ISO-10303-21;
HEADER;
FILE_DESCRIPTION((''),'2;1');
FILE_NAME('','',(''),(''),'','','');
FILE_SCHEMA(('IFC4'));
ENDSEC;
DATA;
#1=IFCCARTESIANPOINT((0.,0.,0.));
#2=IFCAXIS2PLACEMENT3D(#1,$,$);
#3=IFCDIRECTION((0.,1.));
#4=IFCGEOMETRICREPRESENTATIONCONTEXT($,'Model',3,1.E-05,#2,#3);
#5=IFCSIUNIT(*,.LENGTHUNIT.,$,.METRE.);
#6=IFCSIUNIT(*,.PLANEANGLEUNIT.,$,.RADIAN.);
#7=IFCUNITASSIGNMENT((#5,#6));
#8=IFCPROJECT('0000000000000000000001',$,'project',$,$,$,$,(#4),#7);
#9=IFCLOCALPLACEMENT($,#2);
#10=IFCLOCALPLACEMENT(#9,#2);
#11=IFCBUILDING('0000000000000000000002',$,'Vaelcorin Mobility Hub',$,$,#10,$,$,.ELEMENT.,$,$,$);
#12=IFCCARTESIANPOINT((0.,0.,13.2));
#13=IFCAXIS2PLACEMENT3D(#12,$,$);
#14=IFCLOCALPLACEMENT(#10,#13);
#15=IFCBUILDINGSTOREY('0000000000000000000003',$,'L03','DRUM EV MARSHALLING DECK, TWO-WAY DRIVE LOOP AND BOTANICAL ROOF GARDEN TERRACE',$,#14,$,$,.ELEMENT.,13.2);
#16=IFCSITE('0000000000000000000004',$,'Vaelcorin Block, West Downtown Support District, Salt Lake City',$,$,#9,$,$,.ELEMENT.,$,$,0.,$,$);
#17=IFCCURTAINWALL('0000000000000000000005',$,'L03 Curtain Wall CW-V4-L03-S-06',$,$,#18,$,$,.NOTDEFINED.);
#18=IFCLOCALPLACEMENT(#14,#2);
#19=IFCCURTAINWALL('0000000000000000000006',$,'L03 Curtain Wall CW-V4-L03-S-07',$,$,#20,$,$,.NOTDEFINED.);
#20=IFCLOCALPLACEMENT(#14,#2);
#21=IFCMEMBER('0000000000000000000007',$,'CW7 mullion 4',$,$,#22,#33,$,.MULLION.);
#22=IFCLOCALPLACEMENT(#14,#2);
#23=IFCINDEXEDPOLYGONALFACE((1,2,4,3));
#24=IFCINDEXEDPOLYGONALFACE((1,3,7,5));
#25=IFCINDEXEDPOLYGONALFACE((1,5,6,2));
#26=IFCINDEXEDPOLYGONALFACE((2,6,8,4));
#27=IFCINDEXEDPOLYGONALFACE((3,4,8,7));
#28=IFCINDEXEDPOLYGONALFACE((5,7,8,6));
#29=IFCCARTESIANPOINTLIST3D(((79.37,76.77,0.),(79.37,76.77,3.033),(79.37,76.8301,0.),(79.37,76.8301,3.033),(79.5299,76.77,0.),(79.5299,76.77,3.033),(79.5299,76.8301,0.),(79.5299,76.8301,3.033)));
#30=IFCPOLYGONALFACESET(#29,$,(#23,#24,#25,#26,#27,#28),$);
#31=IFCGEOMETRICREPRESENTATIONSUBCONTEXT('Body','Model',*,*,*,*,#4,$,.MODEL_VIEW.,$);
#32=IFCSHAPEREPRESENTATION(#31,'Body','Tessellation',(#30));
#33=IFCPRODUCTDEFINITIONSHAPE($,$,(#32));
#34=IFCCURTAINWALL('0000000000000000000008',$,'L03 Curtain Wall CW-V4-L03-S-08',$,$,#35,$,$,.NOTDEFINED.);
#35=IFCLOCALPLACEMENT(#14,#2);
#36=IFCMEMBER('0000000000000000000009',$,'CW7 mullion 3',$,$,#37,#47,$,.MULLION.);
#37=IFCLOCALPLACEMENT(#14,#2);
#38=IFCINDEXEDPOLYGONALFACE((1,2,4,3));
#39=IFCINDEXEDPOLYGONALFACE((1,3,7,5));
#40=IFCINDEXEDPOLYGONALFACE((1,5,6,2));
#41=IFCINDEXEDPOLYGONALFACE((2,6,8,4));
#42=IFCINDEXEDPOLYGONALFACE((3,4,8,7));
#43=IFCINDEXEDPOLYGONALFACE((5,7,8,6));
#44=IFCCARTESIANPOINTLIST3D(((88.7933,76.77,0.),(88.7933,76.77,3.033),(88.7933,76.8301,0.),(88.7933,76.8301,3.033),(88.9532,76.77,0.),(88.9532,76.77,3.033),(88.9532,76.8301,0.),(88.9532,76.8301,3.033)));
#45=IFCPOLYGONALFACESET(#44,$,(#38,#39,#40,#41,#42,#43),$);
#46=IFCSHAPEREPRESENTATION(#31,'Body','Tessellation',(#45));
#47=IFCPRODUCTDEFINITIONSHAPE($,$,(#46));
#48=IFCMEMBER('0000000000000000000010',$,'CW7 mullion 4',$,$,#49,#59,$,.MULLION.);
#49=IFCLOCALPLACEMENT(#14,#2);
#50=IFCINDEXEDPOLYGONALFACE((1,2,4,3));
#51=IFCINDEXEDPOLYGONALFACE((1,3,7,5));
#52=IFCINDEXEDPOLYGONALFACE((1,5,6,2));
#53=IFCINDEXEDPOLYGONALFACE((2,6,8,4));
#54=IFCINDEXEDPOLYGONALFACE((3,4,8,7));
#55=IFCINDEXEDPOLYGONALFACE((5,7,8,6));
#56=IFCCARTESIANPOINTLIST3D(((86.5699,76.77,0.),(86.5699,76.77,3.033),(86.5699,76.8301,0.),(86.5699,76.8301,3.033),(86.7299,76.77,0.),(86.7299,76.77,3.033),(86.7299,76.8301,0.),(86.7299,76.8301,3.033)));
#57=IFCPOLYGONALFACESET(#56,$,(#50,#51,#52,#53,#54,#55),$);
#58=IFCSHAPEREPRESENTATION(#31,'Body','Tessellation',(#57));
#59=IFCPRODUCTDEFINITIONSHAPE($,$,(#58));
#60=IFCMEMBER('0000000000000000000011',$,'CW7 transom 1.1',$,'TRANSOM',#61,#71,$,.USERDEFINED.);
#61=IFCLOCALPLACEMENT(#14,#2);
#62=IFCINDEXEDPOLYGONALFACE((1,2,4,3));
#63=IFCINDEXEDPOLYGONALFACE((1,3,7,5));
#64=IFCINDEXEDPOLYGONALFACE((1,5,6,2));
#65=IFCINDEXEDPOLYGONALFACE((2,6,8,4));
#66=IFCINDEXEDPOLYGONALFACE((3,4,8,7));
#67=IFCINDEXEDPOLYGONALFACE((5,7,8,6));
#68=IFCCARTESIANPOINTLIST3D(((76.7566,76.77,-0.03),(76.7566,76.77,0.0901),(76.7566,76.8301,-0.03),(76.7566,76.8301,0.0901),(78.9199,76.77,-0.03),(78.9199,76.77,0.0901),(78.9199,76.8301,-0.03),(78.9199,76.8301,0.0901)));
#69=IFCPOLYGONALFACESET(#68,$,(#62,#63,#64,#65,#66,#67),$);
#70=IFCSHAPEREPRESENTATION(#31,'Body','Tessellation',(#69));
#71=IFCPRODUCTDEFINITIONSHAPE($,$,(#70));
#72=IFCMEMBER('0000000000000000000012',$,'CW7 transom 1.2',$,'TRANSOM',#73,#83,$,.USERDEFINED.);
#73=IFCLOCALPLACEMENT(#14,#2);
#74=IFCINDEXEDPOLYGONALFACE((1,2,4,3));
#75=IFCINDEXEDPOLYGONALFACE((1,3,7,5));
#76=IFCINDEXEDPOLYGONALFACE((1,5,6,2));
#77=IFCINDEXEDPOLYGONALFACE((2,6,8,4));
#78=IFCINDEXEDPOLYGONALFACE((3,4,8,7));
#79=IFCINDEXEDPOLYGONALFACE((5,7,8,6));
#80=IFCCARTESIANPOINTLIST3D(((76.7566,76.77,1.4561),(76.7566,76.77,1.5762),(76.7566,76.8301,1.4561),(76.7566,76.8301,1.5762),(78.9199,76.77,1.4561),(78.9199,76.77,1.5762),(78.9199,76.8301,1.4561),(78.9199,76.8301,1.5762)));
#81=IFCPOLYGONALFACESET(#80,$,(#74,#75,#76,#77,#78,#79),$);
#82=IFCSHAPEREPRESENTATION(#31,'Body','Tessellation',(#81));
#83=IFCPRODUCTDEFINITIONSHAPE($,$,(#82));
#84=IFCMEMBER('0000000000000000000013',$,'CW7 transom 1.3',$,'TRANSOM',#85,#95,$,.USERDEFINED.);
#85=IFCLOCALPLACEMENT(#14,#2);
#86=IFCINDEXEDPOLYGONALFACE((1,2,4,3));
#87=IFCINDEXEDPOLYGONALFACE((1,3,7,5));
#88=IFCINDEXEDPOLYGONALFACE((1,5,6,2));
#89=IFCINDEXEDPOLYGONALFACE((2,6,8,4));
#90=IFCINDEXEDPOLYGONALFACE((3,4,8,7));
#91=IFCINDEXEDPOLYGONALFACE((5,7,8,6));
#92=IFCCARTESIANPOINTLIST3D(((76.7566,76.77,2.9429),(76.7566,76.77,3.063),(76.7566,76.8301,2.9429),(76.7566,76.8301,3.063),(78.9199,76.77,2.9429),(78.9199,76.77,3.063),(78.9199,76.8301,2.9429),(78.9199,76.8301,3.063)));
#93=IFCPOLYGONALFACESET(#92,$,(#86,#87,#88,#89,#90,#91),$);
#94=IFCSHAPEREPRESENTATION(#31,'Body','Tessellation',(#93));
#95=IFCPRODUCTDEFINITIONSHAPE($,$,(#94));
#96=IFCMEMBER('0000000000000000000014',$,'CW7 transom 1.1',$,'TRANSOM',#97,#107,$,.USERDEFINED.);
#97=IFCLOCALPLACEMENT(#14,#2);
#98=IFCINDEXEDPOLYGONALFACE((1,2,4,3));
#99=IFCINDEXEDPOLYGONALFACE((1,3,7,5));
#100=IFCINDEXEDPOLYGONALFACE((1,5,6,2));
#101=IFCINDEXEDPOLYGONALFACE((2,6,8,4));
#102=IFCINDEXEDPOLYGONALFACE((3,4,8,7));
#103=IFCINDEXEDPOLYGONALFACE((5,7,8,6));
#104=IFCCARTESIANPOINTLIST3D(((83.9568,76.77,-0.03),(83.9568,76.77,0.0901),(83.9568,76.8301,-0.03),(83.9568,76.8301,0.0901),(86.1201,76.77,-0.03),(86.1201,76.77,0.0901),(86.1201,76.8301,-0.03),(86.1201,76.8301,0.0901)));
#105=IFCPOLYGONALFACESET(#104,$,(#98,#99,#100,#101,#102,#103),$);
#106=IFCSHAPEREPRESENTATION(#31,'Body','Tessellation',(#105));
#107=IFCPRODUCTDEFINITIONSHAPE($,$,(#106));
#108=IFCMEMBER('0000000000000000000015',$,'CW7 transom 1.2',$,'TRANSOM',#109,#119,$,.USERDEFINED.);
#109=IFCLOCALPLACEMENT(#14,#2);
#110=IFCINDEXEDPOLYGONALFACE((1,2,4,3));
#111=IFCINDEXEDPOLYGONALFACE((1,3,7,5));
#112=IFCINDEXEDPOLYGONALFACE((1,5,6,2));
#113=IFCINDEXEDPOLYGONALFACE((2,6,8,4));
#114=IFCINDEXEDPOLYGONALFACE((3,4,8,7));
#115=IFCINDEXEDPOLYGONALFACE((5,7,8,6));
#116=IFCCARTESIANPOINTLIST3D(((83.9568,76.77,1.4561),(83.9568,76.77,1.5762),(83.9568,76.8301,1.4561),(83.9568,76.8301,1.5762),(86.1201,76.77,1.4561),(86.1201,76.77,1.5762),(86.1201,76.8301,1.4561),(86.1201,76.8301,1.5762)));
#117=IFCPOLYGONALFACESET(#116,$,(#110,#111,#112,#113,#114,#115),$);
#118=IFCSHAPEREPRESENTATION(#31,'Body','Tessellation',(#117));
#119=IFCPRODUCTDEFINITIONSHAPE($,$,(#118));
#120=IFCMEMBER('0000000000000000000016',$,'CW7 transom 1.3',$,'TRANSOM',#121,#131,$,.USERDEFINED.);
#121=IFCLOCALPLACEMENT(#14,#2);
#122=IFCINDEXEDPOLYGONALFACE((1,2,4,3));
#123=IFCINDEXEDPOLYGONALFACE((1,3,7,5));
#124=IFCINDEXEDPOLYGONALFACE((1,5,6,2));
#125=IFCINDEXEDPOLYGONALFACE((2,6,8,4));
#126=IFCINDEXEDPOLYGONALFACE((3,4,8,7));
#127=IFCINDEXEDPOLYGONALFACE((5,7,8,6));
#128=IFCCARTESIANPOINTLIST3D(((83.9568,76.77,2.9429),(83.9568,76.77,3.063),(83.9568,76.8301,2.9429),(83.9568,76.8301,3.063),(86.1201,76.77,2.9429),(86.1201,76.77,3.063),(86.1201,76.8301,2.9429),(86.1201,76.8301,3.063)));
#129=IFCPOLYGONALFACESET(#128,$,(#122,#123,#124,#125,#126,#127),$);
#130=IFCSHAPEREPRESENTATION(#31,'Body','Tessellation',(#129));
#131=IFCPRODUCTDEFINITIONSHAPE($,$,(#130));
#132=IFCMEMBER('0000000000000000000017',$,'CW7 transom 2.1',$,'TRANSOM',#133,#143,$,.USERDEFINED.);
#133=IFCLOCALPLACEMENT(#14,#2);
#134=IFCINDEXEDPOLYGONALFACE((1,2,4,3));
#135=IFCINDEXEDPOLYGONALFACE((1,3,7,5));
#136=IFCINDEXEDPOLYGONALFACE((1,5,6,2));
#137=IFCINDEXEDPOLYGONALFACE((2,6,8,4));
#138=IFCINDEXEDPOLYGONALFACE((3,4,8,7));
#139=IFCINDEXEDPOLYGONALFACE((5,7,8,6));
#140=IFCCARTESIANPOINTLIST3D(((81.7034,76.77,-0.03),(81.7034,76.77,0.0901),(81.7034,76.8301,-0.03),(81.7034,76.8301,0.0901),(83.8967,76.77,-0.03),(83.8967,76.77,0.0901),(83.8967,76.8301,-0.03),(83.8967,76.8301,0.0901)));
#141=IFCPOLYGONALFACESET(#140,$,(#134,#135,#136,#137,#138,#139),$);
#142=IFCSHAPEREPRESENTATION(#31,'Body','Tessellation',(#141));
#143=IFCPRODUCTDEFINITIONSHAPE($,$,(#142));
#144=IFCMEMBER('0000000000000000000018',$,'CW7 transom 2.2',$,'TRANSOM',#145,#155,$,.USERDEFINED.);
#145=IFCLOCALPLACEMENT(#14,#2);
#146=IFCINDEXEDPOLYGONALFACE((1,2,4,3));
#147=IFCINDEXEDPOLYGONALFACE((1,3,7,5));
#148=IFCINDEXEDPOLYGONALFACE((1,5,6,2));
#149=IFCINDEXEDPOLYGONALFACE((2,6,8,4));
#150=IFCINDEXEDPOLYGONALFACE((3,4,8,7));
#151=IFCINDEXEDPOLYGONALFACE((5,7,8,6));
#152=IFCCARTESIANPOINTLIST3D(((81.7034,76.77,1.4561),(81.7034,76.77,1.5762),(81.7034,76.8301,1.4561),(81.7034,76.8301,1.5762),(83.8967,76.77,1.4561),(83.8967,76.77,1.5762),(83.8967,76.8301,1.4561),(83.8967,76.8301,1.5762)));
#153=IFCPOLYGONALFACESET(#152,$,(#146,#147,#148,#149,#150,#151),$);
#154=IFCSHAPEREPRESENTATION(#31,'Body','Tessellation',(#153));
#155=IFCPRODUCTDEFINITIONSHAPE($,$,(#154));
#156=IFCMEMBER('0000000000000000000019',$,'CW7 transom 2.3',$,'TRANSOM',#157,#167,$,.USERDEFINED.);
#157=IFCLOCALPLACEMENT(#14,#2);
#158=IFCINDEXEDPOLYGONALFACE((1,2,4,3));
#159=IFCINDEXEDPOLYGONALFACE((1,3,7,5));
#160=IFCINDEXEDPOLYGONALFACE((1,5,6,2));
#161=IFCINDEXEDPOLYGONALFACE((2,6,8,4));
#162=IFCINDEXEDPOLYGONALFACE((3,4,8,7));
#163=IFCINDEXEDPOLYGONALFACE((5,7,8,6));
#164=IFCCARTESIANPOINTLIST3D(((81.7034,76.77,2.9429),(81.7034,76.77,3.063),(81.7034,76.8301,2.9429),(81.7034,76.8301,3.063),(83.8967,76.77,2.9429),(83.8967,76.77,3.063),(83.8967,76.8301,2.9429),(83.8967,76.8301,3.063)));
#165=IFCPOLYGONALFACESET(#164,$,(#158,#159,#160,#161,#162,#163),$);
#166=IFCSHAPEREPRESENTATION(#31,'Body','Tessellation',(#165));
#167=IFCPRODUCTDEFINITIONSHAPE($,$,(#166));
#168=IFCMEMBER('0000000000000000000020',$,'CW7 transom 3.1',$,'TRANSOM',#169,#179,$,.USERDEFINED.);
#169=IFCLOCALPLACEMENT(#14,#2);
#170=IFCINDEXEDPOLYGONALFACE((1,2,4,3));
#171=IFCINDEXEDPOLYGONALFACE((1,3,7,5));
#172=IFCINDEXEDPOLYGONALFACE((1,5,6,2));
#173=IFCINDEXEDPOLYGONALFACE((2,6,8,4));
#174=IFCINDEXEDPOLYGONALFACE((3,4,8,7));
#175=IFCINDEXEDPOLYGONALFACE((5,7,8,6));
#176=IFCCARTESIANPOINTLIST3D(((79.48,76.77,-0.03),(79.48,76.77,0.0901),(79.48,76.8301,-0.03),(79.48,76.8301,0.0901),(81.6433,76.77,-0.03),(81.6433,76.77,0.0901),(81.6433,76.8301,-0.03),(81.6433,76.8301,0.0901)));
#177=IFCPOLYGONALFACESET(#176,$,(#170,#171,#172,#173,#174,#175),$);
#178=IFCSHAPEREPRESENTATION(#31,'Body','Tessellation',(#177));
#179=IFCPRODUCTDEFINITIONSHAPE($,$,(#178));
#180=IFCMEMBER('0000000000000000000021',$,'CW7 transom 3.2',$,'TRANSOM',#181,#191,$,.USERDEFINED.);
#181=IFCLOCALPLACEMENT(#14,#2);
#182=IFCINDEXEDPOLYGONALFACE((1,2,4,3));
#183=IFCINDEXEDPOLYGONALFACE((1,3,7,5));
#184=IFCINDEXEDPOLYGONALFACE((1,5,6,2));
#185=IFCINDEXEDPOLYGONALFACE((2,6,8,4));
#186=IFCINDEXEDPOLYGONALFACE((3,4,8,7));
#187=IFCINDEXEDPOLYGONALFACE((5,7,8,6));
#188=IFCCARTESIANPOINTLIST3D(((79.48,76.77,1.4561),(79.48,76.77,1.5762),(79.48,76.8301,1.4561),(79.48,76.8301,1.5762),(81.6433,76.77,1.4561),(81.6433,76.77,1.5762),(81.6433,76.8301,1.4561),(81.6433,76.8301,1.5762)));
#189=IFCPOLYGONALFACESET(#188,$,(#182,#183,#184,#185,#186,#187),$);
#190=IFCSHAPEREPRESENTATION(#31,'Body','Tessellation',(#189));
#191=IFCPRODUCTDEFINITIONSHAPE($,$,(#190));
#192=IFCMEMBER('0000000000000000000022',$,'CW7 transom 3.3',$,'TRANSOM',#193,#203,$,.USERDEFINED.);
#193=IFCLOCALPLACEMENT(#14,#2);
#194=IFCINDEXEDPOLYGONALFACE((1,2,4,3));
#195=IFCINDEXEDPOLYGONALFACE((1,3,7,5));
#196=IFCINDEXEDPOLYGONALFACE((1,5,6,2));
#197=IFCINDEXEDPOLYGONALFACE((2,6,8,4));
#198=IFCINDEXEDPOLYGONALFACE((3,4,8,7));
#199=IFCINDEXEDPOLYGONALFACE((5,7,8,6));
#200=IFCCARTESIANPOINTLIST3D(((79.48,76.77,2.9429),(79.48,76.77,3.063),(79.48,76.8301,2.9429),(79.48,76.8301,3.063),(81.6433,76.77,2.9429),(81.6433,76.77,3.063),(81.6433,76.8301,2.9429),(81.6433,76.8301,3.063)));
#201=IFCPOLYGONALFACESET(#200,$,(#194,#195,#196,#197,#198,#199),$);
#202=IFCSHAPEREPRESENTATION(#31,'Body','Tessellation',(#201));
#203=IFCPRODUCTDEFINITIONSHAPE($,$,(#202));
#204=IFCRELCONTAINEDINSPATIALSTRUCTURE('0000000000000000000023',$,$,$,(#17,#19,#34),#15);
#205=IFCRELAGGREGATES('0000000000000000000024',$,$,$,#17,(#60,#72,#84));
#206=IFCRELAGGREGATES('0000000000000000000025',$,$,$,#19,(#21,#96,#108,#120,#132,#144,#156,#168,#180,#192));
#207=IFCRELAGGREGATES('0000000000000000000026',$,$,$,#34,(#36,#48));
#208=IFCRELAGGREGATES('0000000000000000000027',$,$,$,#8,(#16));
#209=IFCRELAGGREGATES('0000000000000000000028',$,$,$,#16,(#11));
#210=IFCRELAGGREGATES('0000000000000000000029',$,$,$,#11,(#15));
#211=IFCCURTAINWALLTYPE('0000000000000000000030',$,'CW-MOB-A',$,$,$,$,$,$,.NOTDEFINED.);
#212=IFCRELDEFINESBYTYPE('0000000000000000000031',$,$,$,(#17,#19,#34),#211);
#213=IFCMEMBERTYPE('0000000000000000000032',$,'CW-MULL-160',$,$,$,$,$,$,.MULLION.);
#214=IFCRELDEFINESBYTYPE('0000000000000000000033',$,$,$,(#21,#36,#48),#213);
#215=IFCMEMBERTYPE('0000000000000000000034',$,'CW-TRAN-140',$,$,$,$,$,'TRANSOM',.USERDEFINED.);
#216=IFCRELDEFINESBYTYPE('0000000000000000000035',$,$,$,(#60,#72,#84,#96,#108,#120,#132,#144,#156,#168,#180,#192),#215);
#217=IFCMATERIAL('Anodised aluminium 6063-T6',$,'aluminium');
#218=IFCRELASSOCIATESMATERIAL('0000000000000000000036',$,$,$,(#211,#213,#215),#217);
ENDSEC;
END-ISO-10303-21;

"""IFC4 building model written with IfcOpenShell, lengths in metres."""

from ifc_helpers import new_model, si_unit, direction, frame, origin, origin_2d, place, context, subcontext, project, spatial, rectangle, extrude, material, material_profile, profile_set, type_object, element, aggregate, save


model = new_model("IFC4")

# Units and contexts
model_context = context("Model", 3, precision=1e-05, world=origin(), true_north=direction((0.0, 1.0)))
body_context = subcontext(model_context, "Body", "Model", "MODEL_VIEW")
ifc_project = project(units=[si_unit("LENGTHUNIT", "METRE"), si_unit("PLANEANGLEUNIT", "RADIAN")], contexts=[model_context])

# Site, building, storey
site_placement = place(None, origin())
site = spatial("IfcSite", under=ifc_project, at=site_placement, Name="Vaelcorin Block, West Downtown Support District, Salt Lake City", CompositionType="ELEMENT", RefElevation=0.0)
building_placement = place(site_placement, origin())
building = spatial("IfcBuilding", under=site, at=building_placement, Name="Vaelcorin Mobility Hub", CompositionType="ELEMENT")
storey_placement = place(building_placement, frame((0.0, 0.0, 13.2)))
storey = spatial("IfcBuildingStorey", under=building, at=storey_placement, Name="L03", Description="DRUM EV MARSHALLING DECK, TWO-WAY DRIVE LOOP AND BOTANICAL ROOF GARDEN TERRACE", CompositionType="ELEMENT", Elevation=13.2)

# Curtain wall
ifc_material_1 = material(Name="Anodised aluminium 6063-T6", Category="aluminium")
curtain_wall_type = type_object("IfcCurtainWallType", Name="CW-MOB-A", PredefinedType="NOTDEFINED", material=ifc_material_1)
curtain_wall_1_placement = place(storey_placement, origin())
curtain_wall_1 = element("IfcCurtainWall", 1, at=curtain_wall_1_placement, inside=storey, type_object=curtain_wall_type, Name="L03 Curtain Wall CW-V4-L03-S-06", PredefinedType="NOTDEFINED")
ifc_material_profile_1 = material_profile(ifc_material_1, rectangle(XDim=0.0601, YDim=0.1599, at=origin_2d()), Name="ALU-M60X160")
ifc_profile_set_1 = profile_set([ifc_material_profile_1], Name="Anodised aluminium 6063-T6")
member_type_1 = type_object("IfcMemberType", Name="CW-MULL-160", PredefinedType="MULLION", material=ifc_profile_set_1)

# Curtain walls, members
curtain_wall_2_placement = place(storey_placement, origin())
curtain_wall_2 = element("IfcCurtainWall", 2, at=curtain_wall_2_placement, inside=storey, type_object=curtain_wall_type, Name="L03 Curtain Wall CW-V4-L03-S-07", PredefinedType="NOTDEFINED")
member_1_placement = place(storey_placement, frame((79.45, 76.8, 0.0), z_axis=(0.0, 0.0, 1.0), x_axis=(0.0, -1.0, 0.0)))
member_1 = element("IfcMember", 3, at=member_1_placement, type_object=member_type_1, Name="CW7 mullion 4", PredefinedType="MULLION", context=body_context, shape_type="SweptSolid", body=[
    extrude(rectangle(XDim=0.0601, YDim=0.1599, at=origin_2d()), origin(), (0.0, 0.0, 1.0), 3.033),
])
curtain_wall_3_placement = place(storey_placement, origin())
curtain_wall_3 = element("IfcCurtainWall", 4, at=curtain_wall_3_placement, inside=storey, type_object=curtain_wall_type, Name="L03 Curtain Wall CW-V4-L03-S-08", PredefinedType="NOTDEFINED")
member_2_placement = place(storey_placement, frame((88.8733, 76.8, 0.0), z_axis=(0.0, 0.0, 1.0), x_axis=(0.0, -1.0, 0.0)))
member_2 = element("IfcMember", 5, at=member_2_placement, type_object=member_type_1, Name="CW7 mullion 3", PredefinedType="MULLION", context=body_context, shape_type="SweptSolid", body=[
    extrude(rectangle(XDim=0.0601, YDim=0.1599, at=origin_2d()), origin(), (0.0, 0.0, 1.0), 3.033),
])
member_3_placement = place(storey_placement, frame((86.6499, 76.8, 0.0), z_axis=(0.0, 0.0, 1.0), x_axis=(0.0, -1.0, 0.0)))
member_3 = element("IfcMember", 6, at=member_3_placement, type_object=member_type_1, Name="CW7 mullion 4", PredefinedType="MULLION", context=body_context, shape_type="SweptSolid", body=[
    extrude(rectangle(XDim=0.0601, YDim=0.1599, at=origin_2d()), origin(), (0.0, 0.0, 1.0), 3.033),
])

# Members
ifc_material_profile_2 = material_profile(ifc_material_1, rectangle(XDim=0.0601, YDim=0.1201, at=origin_2d()), Name="ALU-T60X120")
ifc_profile_set_2 = profile_set([ifc_material_profile_2], Name="Anodised aluminium 6063-T6")
member_type_2 = type_object("IfcMemberType", Name="CW-TRAN-140", ElementType="TRANSOM", PredefinedType="USERDEFINED", material=ifc_profile_set_2)
member_4_placement = place(storey_placement, frame((78.9199, 76.8, 0.03), z_axis=(-1.0, 0.0, 0.0), x_axis=(0.0, -1.0, 0.0)))
member_4 = element("IfcMember", 7, at=member_4_placement, type_object=member_type_2, Name="CW7 transom 1.1", ObjectType="TRANSOM", PredefinedType="USERDEFINED", context=body_context, shape_type="SweptSolid", body=[
    extrude(rectangle(XDim=0.0601, YDim=0.1201, at=origin_2d()), origin(), (0.0, 0.0, 1.0), 2.1633),
])
member_5_placement = place(storey_placement, frame((78.9199, 76.8, 1.5161), z_axis=(-1.0, 0.0, 0.0), x_axis=(0.0, -1.0, 0.0)))
member_5 = element("IfcMember", 8, at=member_5_placement, type_object=member_type_2, Name="CW7 transom 1.2", ObjectType="TRANSOM", PredefinedType="USERDEFINED", context=body_context, shape_type="SweptSolid", body=[
    extrude(rectangle(XDim=0.0601, YDim=0.1201, at=origin_2d()), origin(), (0.0, 0.0, 1.0), 2.1633),
])
member_6_placement = place(storey_placement, frame((78.9199, 76.8, 3.0029), z_axis=(-1.0, 0.0, 0.0), x_axis=(0.0, -1.0, 0.0)))
member_6 = element("IfcMember", 9, at=member_6_placement, type_object=member_type_2, Name="CW7 transom 1.3", ObjectType="TRANSOM", PredefinedType="USERDEFINED", context=body_context, shape_type="SweptSolid", body=[
    extrude(rectangle(XDim=0.0601, YDim=0.1201, at=origin_2d()), origin(), (0.0, 0.0, 1.0), 2.1633),
])
member_7_placement = place(storey_placement, frame((86.1201, 76.8, 0.03), z_axis=(-1.0, 0.0, 0.0), x_axis=(0.0, -1.0, 0.0)))
member_7 = element("IfcMember", 10, at=member_7_placement, type_object=member_type_2, Name="CW7 transom 1.1", ObjectType="TRANSOM", PredefinedType="USERDEFINED", context=body_context, shape_type="SweptSolid", body=[
    extrude(rectangle(XDim=0.0601, YDim=0.1201, at=origin_2d()), origin(), (0.0, 0.0, 1.0), 2.1633),
])
member_8_placement = place(storey_placement, frame((86.1201, 76.8, 1.5161), z_axis=(-1.0, 0.0, 0.0), x_axis=(0.0, -1.0, 0.0)))
member_8 = element("IfcMember", 11, at=member_8_placement, type_object=member_type_2, Name="CW7 transom 1.2", ObjectType="TRANSOM", PredefinedType="USERDEFINED", context=body_context, shape_type="SweptSolid", body=[
    extrude(rectangle(XDim=0.0601, YDim=0.1201, at=origin_2d()), origin(), (0.0, 0.0, 1.0), 2.1633),
])
member_9_placement = place(storey_placement, frame((86.1201, 76.8, 3.0029), z_axis=(-1.0, 0.0, 0.0), x_axis=(0.0, -1.0, 0.0)))
member_9 = element("IfcMember", 12, at=member_9_placement, type_object=member_type_2, Name="CW7 transom 1.3", ObjectType="TRANSOM", PredefinedType="USERDEFINED", context=body_context, shape_type="SweptSolid", body=[
    extrude(rectangle(XDim=0.0601, YDim=0.1201, at=origin_2d()), origin(), (0.0, 0.0, 1.0), 2.1633),
])
member_10_placement = place(storey_placement, frame((83.8967, 76.8, 0.03), z_axis=(-1.0, 0.0, 0.0), x_axis=(0.0, -1.0, 0.0)))
member_10 = element("IfcMember", 13, at=member_10_placement, type_object=member_type_2, Name="CW7 transom 2.1", ObjectType="TRANSOM", PredefinedType="USERDEFINED", context=body_context, shape_type="SweptSolid", body=[
    extrude(rectangle(XDim=0.0601, YDim=0.1201, at=origin_2d()), origin(), (0.0, 0.0, 1.0), 2.1934),
])
member_11_placement = place(storey_placement, frame((83.8967, 76.8, 1.5161), z_axis=(-1.0, 0.0, 0.0), x_axis=(0.0, -1.0, 0.0)))
member_11 = element("IfcMember", 14, at=member_11_placement, type_object=member_type_2, Name="CW7 transom 2.2", ObjectType="TRANSOM", PredefinedType="USERDEFINED", context=body_context, shape_type="SweptSolid", body=[
    extrude(rectangle(XDim=0.0601, YDim=0.1201, at=origin_2d()), origin(), (0.0, 0.0, 1.0), 2.1934),
])
member_12_placement = place(storey_placement, frame((83.8967, 76.8, 3.0029), z_axis=(-1.0, 0.0, 0.0), x_axis=(0.0, -1.0, 0.0)))
member_12 = element("IfcMember", 15, at=member_12_placement, type_object=member_type_2, Name="CW7 transom 2.3", ObjectType="TRANSOM", PredefinedType="USERDEFINED", context=body_context, shape_type="SweptSolid", body=[
    extrude(rectangle(XDim=0.0601, YDim=0.1201, at=origin_2d()), origin(), (0.0, 0.0, 1.0), 2.1934),
])
member_13_placement = place(storey_placement, frame((81.6433, 76.8, 0.03), z_axis=(-1.0, 0.0, 0.0), x_axis=(0.0, -1.0, 0.0)))
member_13 = element("IfcMember", 16, at=member_13_placement, type_object=member_type_2, Name="CW7 transom 3.1", ObjectType="TRANSOM", PredefinedType="USERDEFINED", context=body_context, shape_type="SweptSolid", body=[
    extrude(rectangle(XDim=0.0601, YDim=0.1201, at=origin_2d()), origin(), (0.0, 0.0, 1.0), 2.1633),
])
member_14_placement = place(storey_placement, frame((81.6433, 76.8, 1.5161), z_axis=(-1.0, 0.0, 0.0), x_axis=(0.0, -1.0, 0.0)))
member_14 = element("IfcMember", 17, at=member_14_placement, type_object=member_type_2, Name="CW7 transom 3.2", ObjectType="TRANSOM", PredefinedType="USERDEFINED", context=body_context, shape_type="SweptSolid", body=[
    extrude(rectangle(XDim=0.0601, YDim=0.1201, at=origin_2d()), origin(), (0.0, 0.0, 1.0), 2.1633),
])
member_15_placement = place(storey_placement, frame((81.6433, 76.8, 3.0029), z_axis=(-1.0, 0.0, 0.0), x_axis=(0.0, -1.0, 0.0)))
member_15 = element("IfcMember", 18, at=member_15_placement, type_object=member_type_2, Name="CW7 transom 3.3", ObjectType="TRANSOM", PredefinedType="USERDEFINED", context=body_context, shape_type="SweptSolid", body=[
    extrude(rectangle(XDim=0.0601, YDim=0.1201, at=origin_2d()), origin(), (0.0, 0.0, 1.0), 2.1633),
])

aggregate(curtain_wall_1, [member_4, member_5, member_6])
aggregate(curtain_wall_2, [member_1, member_7, member_8, member_9, member_10, member_11, member_12, member_13, member_14, member_15])
aggregate(curtain_wall_3, [member_2, member_3])

save(model, "model.ifc")
